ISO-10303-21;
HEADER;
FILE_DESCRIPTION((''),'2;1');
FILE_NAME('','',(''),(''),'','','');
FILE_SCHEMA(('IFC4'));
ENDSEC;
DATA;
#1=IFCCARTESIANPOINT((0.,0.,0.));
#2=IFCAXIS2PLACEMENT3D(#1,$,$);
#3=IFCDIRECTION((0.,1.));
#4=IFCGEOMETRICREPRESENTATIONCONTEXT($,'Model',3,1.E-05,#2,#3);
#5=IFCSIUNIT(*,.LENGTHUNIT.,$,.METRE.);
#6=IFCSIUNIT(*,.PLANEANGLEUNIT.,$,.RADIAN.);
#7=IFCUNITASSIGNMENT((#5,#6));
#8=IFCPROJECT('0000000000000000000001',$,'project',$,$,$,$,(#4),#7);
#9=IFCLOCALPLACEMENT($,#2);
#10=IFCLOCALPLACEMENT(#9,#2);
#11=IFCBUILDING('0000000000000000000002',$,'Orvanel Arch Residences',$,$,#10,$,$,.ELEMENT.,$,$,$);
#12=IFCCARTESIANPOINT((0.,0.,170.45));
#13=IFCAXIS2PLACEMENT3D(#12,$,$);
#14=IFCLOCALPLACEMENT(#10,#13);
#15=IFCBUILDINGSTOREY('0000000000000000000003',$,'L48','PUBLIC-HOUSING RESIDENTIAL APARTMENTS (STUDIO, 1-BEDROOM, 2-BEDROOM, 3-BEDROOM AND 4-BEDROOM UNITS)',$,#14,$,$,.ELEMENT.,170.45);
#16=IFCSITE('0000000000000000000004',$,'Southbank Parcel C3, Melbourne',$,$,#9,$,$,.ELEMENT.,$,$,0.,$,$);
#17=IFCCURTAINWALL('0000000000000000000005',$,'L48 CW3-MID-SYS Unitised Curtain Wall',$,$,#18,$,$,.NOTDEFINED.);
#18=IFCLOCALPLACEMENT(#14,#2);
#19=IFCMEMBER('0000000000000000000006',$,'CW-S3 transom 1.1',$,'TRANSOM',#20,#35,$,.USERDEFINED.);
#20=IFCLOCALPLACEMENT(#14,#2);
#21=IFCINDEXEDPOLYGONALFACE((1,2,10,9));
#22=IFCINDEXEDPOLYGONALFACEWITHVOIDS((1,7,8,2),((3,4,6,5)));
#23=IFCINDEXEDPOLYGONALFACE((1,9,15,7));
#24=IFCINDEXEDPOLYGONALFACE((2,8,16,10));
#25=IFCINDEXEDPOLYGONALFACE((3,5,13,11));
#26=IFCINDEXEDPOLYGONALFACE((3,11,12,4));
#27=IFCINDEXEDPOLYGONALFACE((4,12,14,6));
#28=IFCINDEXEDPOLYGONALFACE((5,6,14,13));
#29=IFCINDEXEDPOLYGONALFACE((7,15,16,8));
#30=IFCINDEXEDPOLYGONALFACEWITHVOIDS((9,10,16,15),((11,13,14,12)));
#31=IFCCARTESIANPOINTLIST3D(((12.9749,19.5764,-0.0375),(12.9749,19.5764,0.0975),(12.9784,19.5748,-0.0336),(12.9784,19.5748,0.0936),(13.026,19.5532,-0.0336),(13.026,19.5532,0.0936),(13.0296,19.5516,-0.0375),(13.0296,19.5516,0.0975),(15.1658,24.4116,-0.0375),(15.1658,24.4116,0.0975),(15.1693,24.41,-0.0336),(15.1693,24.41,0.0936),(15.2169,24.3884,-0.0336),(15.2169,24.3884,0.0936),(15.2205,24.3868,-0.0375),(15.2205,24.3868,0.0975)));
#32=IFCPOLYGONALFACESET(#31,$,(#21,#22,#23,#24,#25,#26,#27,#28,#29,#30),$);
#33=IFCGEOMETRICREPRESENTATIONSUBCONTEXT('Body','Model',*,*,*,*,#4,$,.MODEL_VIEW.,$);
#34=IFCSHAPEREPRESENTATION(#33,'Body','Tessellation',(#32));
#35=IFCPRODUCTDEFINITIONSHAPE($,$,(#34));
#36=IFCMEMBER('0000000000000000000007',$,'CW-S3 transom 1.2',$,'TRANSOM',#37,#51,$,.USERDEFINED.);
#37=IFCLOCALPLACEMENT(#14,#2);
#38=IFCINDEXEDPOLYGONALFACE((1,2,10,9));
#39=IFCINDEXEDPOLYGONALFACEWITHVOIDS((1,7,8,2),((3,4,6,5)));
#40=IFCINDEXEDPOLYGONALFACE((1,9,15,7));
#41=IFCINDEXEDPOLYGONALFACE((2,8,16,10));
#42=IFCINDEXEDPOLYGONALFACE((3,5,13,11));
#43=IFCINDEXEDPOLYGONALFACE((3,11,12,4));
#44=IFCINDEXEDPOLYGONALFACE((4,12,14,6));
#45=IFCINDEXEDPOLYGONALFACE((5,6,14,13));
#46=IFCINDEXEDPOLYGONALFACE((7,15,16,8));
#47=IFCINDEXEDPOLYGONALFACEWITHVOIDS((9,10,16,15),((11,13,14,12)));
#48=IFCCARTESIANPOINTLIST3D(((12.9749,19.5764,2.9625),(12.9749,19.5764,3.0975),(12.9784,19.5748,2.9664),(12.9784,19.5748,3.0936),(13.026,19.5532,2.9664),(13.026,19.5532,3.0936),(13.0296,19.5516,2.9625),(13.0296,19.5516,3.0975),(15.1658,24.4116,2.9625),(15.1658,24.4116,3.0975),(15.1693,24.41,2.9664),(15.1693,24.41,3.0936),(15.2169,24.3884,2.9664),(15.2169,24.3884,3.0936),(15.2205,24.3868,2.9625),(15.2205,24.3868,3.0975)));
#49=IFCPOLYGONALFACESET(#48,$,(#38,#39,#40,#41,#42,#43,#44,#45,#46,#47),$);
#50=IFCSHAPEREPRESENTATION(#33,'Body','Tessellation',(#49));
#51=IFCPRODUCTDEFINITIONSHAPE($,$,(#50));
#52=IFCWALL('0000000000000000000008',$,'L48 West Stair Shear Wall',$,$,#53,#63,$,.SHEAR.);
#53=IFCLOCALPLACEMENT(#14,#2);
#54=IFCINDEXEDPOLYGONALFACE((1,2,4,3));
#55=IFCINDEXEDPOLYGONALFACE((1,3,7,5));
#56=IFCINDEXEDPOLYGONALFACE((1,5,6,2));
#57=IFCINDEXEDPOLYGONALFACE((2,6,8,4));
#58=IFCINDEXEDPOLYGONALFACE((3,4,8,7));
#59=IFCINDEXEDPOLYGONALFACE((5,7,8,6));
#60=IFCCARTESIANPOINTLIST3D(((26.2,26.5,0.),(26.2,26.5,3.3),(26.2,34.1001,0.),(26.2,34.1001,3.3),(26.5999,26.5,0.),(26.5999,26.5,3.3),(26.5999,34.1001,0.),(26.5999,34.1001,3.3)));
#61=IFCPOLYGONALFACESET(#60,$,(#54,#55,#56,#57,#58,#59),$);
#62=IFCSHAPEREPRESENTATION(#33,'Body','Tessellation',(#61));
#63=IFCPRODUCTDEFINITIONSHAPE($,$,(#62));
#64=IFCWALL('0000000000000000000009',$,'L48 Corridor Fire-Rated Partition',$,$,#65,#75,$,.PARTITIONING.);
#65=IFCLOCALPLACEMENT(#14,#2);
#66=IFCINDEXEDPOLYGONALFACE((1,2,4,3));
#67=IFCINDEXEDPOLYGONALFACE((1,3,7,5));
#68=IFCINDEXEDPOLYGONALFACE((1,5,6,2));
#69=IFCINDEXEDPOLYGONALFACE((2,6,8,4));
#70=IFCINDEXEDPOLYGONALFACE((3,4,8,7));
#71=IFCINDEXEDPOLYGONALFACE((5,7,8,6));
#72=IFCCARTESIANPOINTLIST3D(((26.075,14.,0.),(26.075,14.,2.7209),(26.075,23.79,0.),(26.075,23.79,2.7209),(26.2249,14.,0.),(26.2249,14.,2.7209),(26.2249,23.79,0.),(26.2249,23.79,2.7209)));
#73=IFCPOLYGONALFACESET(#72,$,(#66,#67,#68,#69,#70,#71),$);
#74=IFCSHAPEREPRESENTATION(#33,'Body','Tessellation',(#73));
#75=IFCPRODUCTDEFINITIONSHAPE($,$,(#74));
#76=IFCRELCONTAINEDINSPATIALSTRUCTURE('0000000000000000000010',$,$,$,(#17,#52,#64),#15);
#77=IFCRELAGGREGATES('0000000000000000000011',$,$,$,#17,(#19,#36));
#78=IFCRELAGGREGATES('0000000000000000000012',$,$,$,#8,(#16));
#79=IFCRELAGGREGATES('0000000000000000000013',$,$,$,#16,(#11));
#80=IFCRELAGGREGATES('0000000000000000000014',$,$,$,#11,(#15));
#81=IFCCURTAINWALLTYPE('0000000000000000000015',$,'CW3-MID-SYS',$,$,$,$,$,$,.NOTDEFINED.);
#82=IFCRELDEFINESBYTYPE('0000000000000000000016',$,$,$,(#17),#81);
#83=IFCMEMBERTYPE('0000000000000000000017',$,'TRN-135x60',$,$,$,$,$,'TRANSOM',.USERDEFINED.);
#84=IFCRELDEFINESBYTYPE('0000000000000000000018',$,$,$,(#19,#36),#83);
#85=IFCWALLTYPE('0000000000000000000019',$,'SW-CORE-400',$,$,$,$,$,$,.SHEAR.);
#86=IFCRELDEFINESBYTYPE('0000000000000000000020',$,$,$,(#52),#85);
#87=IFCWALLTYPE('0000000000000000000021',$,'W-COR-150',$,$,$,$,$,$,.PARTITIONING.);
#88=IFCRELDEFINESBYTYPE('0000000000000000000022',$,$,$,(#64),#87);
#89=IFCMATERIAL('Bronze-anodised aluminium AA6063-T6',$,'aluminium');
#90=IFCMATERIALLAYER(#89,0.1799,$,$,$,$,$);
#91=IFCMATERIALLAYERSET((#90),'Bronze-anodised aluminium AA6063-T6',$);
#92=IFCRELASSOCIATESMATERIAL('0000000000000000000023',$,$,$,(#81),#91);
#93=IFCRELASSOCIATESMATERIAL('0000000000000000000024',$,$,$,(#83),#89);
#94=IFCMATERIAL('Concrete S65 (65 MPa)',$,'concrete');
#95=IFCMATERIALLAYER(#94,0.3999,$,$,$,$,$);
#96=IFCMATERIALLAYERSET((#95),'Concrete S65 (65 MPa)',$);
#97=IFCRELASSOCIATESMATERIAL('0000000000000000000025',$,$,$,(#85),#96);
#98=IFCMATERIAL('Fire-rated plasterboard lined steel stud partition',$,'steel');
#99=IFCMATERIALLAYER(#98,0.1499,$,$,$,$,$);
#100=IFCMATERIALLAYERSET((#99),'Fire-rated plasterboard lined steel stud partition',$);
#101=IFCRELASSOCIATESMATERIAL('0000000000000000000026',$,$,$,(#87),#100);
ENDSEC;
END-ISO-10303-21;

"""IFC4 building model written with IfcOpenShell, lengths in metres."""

from ifc_helpers import new_model, si_unit, direction, frame, frame_2d, origin, origin_2d, place, context, subcontext, project, spatial, rectangle, hollow_rectangle, extrude, material, layer, layer_set, material_profile, profile_set, type_object, element, aggregate, save


model = new_model("IFC4")

# Units and contexts
model_context = context("Model", 3, precision=1e-05, world=origin(), true_north=direction((0.0, 1.0)))
body_context = subcontext(model_context, "Body", "Model", "MODEL_VIEW")
ifc_project = project(units=[si_unit("LENGTHUNIT", "METRE"), si_unit("PLANEANGLEUNIT", "RADIAN")], contexts=[model_context])

# Site, building, storey
site_placement = place(None, origin())
site = spatial("IfcSite", under=ifc_project, at=site_placement, Name="Southbank Parcel C3, Melbourne", CompositionType="ELEMENT", RefElevation=0.0)
building_placement = place(site_placement, origin())
building = spatial("IfcBuilding", under=site, at=building_placement, Name="Orvanel Arch Residences", CompositionType="ELEMENT")
storey_placement = place(building_placement, frame((0.0, 0.0, 170.45)))
storey = spatial("IfcBuildingStorey", under=building, at=storey_placement, Name="L48", Description="PUBLIC-HOUSING RESIDENTIAL APARTMENTS (STUDIO, 1-BEDROOM, 2-BEDROOM, 3-BEDROOM AND 4-BEDROOM UNITS)", CompositionType="ELEMENT", Elevation=170.45)

# Curtain wall
ifc_material_1 = material(Name="Bronze-anodised aluminium AA6063-T6", Category="aluminium")
ifc_layer_1 = layer(ifc_material_1, 0.1799)
ifc_layer_set_1 = layer_set([ifc_layer_1], Name="Bronze-anodised aluminium AA6063-T6")
curtain_wall_type = type_object("IfcCurtainWallType", Name="CW3-MID-SYS", PredefinedType="NOTDEFINED", material=ifc_layer_set_1)
curtain_wall_placement = place(storey_placement, origin())
curtain_wall = element("IfcCurtainWall", 1, at=curtain_wall_placement, inside=storey, type_object=curtain_wall_type, Name="L48 CW3-MID-SYS Unitised Curtain Wall", PredefinedType="NOTDEFINED")

# Members
ifc_material_profile_1 = material_profile(ifc_material_1, hollow_rectangle(XDim=0.0601, YDim=0.135, WallThickness=0.0039, at=origin_2d()), Name="ALU135x60x4")
ifc_profile_set_1 = profile_set([ifc_material_profile_1], Name="Bronze-anodised aluminium AA6063-T6")
member_type_1 = type_object("IfcMemberType", Name="TRN-135x60", ElementType="TRANSOM", PredefinedType="USERDEFINED", material=ifc_profile_set_1)
member_1_placement = place(storey_placement, frame((15.1931, 24.3992, 0.03), z_axis=(-0.412725, -0.910856, 0.0), x_axis=(0.910856, -0.412725, 0.0)))
member_1 = element("IfcMember", 2, at=member_1_placement, type_object=member_type_1, Name="CW-S3 transom 1.1", ObjectType="TRANSOM", PredefinedType="USERDEFINED", context=body_context, shape_type="SweptSolid", body=[
    extrude(hollow_rectangle(XDim=0.0601, YDim=0.135, WallThickness=0.0039, at=origin_2d()), origin(), (0.0, 0.0, 1.0), 5.3083),
])
member_2_placement = place(storey_placement, frame((15.1931, 24.3992, 3.03), z_axis=(-0.412725, -0.910856, 0.0), x_axis=(0.910856, -0.412725, 0.0)))
member_2 = element("IfcMember", 3, at=member_2_placement, type_object=member_type_1, Name="CW-S3 transom 1.2", ObjectType="TRANSOM", PredefinedType="USERDEFINED", context=body_context, shape_type="SweptSolid", body=[
    extrude(hollow_rectangle(XDim=0.0601, YDim=0.135, WallThickness=0.0039, at=origin_2d()), origin(), (0.0, 0.0, 1.0), 5.3083),
])
aggregate(curtain_wall, [member_1, member_2])

# Shared definitions
ifc_material_2 = material(Name="Concrete S65 (65 MPa)", Category="concrete")
ifc_layer_2 = layer(ifc_material_2, 0.3999)
ifc_layer_set_2 = layer_set([ifc_layer_2], Name="Concrete S65 (65 MPa)")
wall_type_1 = type_object("IfcWallType", Name="SW-CORE-400", PredefinedType="SHEAR", material=ifc_layer_set_2)

# Walls
wall_1_placement = place(storey_placement, frame((26.3999, 26.5, 0.0), z_axis=(0.0, 0.0, 1.0), x_axis=(0.0, 1.0, 0.0)))
element("IfcWall", 4, at=wall_1_placement, inside=storey, type_object=wall_type_1, Name="L48 West Stair Shear Wall", PredefinedType="SHEAR", context=body_context, shape_type="SweptSolid", body=[
    extrude(rectangle(XDim=7.6001, YDim=0.3999, at=frame_2d((3.8, 0.0))), origin(), (0.0, 0.0, 1.0), 3.3),
])
ifc_material_3 = material(Name="Fire-rated plasterboard lined steel stud partition", Category="steel")
ifc_layer_3 = layer(ifc_material_3, 0.1499)
ifc_layer_set_3 = layer_set([ifc_layer_3], Name="Fire-rated plasterboard lined steel stud partition")
wall_type_2 = type_object("IfcWallType", Name="W-COR-150", PredefinedType="PARTITIONING", material=ifc_layer_set_3)
wall_2_placement = place(storey_placement, frame((26.1499, 23.79, 0.0), z_axis=(0.0, 0.0, 1.0), x_axis=(0.0, -1.0, 0.0)))
element("IfcWall", 5, at=wall_2_placement, inside=storey, type_object=wall_type_2, Name="L48 Corridor Fire-Rated Partition", PredefinedType="PARTITIONING", context=body_context, shape_type="SweptSolid", body=[
    extrude(rectangle(XDim=9.79, YDim=0.1499, at=frame_2d((4.895, 0.0))), origin(), (0.0, 0.0, 1.0), 2.7209),
])

save(model, "model.ifc")
